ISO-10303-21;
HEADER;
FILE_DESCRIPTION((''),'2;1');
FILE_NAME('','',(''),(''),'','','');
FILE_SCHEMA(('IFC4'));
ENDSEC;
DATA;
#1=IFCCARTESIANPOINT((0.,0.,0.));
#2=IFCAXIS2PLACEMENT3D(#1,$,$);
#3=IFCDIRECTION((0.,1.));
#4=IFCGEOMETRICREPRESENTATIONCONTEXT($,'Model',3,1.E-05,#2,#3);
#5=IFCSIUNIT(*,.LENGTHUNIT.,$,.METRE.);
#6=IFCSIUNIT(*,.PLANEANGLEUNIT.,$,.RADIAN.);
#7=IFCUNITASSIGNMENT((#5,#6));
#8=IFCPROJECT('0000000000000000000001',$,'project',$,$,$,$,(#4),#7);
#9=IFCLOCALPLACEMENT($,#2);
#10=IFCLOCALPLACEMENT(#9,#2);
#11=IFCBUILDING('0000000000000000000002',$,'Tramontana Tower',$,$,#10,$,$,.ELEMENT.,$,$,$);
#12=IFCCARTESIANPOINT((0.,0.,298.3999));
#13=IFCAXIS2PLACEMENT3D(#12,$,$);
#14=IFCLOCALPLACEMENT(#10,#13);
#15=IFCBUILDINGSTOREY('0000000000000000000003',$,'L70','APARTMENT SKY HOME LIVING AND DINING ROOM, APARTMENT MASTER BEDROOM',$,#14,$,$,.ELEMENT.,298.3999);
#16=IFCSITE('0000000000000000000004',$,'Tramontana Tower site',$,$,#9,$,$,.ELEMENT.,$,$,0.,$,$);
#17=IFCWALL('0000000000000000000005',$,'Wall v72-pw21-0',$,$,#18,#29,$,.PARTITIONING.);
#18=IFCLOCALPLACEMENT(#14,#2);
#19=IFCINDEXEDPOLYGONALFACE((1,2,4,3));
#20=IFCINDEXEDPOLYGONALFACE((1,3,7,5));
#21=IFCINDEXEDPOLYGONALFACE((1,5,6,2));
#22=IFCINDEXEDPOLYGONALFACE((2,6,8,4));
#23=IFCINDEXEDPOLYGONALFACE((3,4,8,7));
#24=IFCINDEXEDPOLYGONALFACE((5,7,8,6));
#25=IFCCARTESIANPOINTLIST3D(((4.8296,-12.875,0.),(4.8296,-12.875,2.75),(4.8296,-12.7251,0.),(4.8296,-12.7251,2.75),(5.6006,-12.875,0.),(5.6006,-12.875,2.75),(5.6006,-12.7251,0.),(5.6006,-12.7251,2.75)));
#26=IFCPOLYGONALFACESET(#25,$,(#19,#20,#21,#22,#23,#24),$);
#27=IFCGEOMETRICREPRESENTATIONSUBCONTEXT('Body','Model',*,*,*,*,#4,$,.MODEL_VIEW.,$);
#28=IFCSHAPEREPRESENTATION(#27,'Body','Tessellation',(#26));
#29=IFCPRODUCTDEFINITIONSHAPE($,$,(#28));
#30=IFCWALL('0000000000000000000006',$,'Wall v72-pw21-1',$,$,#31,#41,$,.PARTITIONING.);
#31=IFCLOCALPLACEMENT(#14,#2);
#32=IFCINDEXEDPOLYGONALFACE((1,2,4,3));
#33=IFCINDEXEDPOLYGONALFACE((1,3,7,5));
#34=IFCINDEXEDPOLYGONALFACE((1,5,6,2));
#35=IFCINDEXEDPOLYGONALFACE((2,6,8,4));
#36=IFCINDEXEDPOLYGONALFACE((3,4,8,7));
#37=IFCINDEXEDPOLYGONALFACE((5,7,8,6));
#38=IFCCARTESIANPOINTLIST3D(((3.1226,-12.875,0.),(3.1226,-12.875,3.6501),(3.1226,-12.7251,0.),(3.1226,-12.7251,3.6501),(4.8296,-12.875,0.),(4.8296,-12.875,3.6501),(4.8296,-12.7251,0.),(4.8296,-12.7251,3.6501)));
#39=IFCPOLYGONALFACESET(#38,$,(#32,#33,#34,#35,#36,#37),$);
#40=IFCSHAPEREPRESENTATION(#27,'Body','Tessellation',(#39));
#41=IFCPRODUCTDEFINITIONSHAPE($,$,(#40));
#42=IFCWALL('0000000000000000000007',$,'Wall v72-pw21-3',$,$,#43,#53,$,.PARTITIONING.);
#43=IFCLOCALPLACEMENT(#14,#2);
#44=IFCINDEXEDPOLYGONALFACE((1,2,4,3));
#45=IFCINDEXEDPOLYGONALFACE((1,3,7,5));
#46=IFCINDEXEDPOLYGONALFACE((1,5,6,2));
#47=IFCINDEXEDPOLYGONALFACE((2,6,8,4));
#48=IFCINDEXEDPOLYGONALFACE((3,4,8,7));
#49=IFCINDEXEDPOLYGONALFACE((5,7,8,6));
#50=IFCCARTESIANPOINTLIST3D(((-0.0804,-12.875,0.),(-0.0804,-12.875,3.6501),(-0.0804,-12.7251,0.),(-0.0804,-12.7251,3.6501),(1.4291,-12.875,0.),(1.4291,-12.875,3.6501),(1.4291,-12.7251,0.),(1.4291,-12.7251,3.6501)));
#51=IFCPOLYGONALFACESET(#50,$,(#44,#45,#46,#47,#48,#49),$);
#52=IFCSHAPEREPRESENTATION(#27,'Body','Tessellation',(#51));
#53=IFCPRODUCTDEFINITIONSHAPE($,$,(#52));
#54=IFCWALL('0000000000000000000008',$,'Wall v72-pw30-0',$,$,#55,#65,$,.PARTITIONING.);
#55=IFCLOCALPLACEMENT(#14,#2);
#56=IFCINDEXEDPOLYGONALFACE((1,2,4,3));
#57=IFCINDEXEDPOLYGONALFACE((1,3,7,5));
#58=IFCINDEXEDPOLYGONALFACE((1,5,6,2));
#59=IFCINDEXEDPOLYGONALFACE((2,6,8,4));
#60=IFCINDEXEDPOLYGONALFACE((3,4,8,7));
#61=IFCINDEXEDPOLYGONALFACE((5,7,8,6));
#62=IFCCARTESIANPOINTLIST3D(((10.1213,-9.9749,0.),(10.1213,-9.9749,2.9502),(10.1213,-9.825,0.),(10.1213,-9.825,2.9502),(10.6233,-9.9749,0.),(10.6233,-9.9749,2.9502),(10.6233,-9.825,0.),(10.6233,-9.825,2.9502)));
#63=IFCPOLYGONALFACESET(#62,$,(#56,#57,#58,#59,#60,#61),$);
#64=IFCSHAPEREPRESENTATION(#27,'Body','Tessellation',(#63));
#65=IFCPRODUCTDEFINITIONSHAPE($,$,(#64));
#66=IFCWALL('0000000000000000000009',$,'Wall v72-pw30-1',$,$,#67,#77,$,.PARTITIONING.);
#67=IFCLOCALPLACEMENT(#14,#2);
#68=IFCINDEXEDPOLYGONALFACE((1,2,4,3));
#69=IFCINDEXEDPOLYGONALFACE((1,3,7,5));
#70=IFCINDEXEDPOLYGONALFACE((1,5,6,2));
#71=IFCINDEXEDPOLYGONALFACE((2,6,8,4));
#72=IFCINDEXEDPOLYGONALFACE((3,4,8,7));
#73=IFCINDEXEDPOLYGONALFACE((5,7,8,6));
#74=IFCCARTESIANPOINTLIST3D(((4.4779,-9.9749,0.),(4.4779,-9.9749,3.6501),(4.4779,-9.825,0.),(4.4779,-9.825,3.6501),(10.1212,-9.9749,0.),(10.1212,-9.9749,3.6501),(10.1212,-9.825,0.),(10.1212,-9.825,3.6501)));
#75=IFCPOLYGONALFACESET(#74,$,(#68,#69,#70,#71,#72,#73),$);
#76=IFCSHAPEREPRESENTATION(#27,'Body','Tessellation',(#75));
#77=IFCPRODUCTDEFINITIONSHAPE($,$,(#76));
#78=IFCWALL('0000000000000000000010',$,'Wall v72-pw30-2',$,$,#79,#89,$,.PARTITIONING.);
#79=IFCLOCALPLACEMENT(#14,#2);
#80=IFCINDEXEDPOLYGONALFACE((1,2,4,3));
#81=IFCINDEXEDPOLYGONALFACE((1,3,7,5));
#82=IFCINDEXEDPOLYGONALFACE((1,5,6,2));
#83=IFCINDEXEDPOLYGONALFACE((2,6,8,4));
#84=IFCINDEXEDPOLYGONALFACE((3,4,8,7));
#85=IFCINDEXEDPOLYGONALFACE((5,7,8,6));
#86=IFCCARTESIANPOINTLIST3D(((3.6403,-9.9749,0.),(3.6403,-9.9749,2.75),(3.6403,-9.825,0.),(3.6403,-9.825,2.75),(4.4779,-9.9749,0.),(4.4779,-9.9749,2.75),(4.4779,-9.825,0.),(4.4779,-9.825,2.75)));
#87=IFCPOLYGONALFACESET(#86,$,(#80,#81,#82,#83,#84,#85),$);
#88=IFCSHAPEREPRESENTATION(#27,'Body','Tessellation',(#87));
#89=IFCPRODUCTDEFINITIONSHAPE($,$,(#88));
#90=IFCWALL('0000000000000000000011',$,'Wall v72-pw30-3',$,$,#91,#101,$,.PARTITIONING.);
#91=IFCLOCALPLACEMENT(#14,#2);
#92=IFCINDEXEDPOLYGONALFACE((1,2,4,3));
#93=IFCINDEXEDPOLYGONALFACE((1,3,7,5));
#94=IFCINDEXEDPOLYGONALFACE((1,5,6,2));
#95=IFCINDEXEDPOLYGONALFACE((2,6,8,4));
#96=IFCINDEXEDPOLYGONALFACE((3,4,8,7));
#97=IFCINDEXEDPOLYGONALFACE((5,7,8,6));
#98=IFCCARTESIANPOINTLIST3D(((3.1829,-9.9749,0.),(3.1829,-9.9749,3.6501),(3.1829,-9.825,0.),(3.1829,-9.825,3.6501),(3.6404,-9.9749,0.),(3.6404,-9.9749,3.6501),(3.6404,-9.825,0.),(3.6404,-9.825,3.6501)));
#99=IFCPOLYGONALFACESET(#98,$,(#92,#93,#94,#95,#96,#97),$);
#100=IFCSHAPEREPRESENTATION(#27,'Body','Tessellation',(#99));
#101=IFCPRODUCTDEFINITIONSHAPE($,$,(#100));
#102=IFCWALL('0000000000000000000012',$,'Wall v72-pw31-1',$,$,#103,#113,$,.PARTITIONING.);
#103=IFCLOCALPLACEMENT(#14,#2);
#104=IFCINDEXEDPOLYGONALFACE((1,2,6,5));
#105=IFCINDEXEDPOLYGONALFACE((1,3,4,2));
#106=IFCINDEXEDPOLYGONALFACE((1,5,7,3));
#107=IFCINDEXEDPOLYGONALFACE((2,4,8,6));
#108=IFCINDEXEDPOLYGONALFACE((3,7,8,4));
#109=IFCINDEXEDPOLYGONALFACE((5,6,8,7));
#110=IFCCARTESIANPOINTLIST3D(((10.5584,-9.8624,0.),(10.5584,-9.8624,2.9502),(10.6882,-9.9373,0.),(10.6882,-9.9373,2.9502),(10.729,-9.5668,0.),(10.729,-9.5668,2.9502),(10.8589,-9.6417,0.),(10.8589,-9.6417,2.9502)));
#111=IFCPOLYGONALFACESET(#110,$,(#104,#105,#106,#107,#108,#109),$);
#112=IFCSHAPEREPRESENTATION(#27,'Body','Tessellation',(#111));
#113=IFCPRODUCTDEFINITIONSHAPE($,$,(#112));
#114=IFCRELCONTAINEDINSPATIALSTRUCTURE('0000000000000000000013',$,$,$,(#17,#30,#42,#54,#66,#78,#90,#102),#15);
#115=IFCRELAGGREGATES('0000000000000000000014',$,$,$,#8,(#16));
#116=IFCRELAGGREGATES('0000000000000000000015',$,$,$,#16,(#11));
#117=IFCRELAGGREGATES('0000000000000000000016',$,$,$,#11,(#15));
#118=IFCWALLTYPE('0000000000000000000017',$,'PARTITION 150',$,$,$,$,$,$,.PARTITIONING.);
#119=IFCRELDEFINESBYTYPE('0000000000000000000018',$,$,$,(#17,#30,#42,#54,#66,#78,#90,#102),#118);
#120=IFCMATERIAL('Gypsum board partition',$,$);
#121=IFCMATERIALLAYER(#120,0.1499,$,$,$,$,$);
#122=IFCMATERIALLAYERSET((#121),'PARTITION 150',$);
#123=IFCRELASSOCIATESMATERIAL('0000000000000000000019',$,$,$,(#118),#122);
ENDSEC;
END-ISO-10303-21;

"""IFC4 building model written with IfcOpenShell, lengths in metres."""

from ifc_helpers import new_model, si_unit, direction, frame, frame_2d, origin, place, context, subcontext, project, spatial, rectangle, extrude, material, layer, layer_set, type_object, element, save


model = new_model("IFC4")

# Units and contexts
model_context = context("Model", 3, precision=1e-05, world=origin(), true_north=direction((0.0, 1.0)))
body_context = subcontext(model_context, "Body", "Model", "MODEL_VIEW")
ifc_project = project(units=[si_unit("LENGTHUNIT", "METRE"), si_unit("PLANEANGLEUNIT", "RADIAN")], contexts=[model_context])

# Site, building, storey
site_placement = place(None, origin())
site = spatial("IfcSite", under=ifc_project, at=site_placement, Name="Tramontana Tower site", CompositionType="ELEMENT", RefElevation=0.0)
building_placement = place(site_placement, origin())
building = spatial("IfcBuilding", under=site, at=building_placement, Name="Tramontana Tower", CompositionType="ELEMENT")
storey_placement = place(building_placement, frame((0.0, 0.0, 298.3999)))
storey = spatial("IfcBuildingStorey", under=building, at=storey_placement, Name="L70", Description="APARTMENT SKY HOME LIVING AND DINING ROOM, APARTMENT MASTER BEDROOM", CompositionType="ELEMENT", Elevation=298.3999)

# Shared definitions
ifc_material_1 = material(Name="Gypsum board partition")
ifc_layer_1 = layer(ifc_material_1, 0.1499)
ifc_layer_set_1 = layer_set([ifc_layer_1], Name="PARTITION 150")
wall_type_1 = type_object("IfcWallType", Name="PARTITION 150", PredefinedType="PARTITIONING", material=ifc_layer_set_1)

# Walls
wall_1_placement = place(storey_placement, frame((5.6006, -12.8, 0.0), z_axis=(0.0, 0.0, 1.0), x_axis=(-1.0, 0.0, 0.0)))
element("IfcWall", 1, at=wall_1_placement, inside=storey, type_object=wall_type_1, Name="Wall v72-pw21-0", PredefinedType="PARTITIONING", context=body_context, shape_type="SweptSolid", body=[
    extrude(rectangle(XDim=0.771, YDim=0.1499, at=frame_2d((0.3855, 0.0))), origin(), (0.0, 0.0, 1.0), 2.75),
])
wall_2_placement = place(storey_placement, frame((4.8296, -12.8, 0.0), z_axis=(0.0, 0.0, 1.0), x_axis=(-1.0, 0.0, 0.0)))
element("IfcWall", 2, at=wall_2_placement, inside=storey, type_object=wall_type_1, Name="Wall v72-pw21-1", PredefinedType="PARTITIONING", context=body_context, shape_type="SweptSolid", body=[
    extrude(rectangle(XDim=1.707, YDim=0.1499, at=frame_2d((0.8535, 0.0))), origin(), (0.0, 0.0, 1.0), 3.6501),
])

# Walls
wall_3_placement = place(storey_placement, frame((1.4292, -12.8, 0.0), z_axis=(0.0, 0.0, 1.0), x_axis=(-1.0, 0.0, 0.0)))
element("IfcWall", 3, at=wall_3_placement, inside=storey, type_object=wall_type_1, Name="Wall v72-pw21-3", PredefinedType="PARTITIONING", context=body_context, shape_type="SweptSolid", body=[
    extrude(rectangle(XDim=1.5095, YDim=0.1499, at=frame_2d((0.7549, 0.0))), origin(), (0.0, 0.0, 1.0), 3.6501),
])
wall_4_placement = place(storey_placement, frame((10.6233, -9.8999, 0.0), z_axis=(0.0, 0.0, 1.0), x_axis=(-1.0, 0.0, 0.0)))
element("IfcWall", 4, at=wall_4_placement, inside=storey, type_object=wall_type_1, Name="Wall v72-pw30-0", PredefinedType="PARTITIONING", context=body_context, shape_type="SweptSolid", body=[
    extrude(rectangle(XDim=0.502, YDim=0.1499, at=frame_2d((0.251, 0.0))), origin(), (0.0, 0.0, 1.0), 2.9502),
])
wall_5_placement = place(storey_placement, frame((10.1213, -9.8999, 0.0), z_axis=(0.0, 0.0, 1.0), x_axis=(-1.0, 0.0, 0.0)))
element("IfcWall", 5, at=wall_5_placement, inside=storey, type_object=wall_type_1, Name="Wall v72-pw30-1", PredefinedType="PARTITIONING", context=body_context, shape_type="SweptSolid", body=[
    extrude(rectangle(XDim=5.6433, YDim=0.1499, at=frame_2d((2.8218, 0.0))), origin(), (0.0, 0.0, 1.0), 3.6501),
])
wall_6_placement = place(storey_placement, frame((4.478, -9.8999, 0.0), z_axis=(0.0, 0.0, 1.0), x_axis=(-1.0, 0.0, 0.0)))
element("IfcWall", 6, at=wall_6_placement, inside=storey, type_object=wall_type_1, Name="Wall v72-pw30-2", PredefinedType="PARTITIONING", context=body_context, shape_type="SweptSolid", body=[
    extrude(rectangle(XDim=0.8376, YDim=0.1499, at=frame_2d((0.4189, 0.0))), origin(), (0.0, 0.0, 1.0), 2.75),
])
wall_7_placement = place(storey_placement, frame((3.6404, -9.8999, 0.0), z_axis=(0.0, 0.0, 1.0), x_axis=(-1.0, 0.0, 0.0)))
element("IfcWall", 7, at=wall_7_placement, inside=storey, type_object=wall_type_1, Name="Wall v72-pw30-3", PredefinedType="PARTITIONING", context=body_context, shape_type="SweptSolid", body=[
    extrude(rectangle(XDim=0.4575, YDim=0.1499, at=frame_2d((0.2288, 0.0))), origin(), (0.0, 0.0, 1.0), 3.6501),
])
wall_8_placement = place(storey_placement, frame((10.7939, -9.6042, 0.0), z_axis=(0.0, 0.0, 1.0), x_axis=(-0.499908, -0.866078, 0.0)))
element("IfcWall", 8, at=wall_8_placement, inside=storey, type_object=wall_type_1, Name="Wall v72-pw31-1", PredefinedType="PARTITIONING", context=body_context, shape_type="SweptSolid", body=[
    extrude(rectangle(XDim=0.3413, YDim=0.1499, at=frame_2d((0.1707, 0.0))), origin(), (0.0, 0.0, 1.0), 2.9502),
])

save(model, "model.ifc")
